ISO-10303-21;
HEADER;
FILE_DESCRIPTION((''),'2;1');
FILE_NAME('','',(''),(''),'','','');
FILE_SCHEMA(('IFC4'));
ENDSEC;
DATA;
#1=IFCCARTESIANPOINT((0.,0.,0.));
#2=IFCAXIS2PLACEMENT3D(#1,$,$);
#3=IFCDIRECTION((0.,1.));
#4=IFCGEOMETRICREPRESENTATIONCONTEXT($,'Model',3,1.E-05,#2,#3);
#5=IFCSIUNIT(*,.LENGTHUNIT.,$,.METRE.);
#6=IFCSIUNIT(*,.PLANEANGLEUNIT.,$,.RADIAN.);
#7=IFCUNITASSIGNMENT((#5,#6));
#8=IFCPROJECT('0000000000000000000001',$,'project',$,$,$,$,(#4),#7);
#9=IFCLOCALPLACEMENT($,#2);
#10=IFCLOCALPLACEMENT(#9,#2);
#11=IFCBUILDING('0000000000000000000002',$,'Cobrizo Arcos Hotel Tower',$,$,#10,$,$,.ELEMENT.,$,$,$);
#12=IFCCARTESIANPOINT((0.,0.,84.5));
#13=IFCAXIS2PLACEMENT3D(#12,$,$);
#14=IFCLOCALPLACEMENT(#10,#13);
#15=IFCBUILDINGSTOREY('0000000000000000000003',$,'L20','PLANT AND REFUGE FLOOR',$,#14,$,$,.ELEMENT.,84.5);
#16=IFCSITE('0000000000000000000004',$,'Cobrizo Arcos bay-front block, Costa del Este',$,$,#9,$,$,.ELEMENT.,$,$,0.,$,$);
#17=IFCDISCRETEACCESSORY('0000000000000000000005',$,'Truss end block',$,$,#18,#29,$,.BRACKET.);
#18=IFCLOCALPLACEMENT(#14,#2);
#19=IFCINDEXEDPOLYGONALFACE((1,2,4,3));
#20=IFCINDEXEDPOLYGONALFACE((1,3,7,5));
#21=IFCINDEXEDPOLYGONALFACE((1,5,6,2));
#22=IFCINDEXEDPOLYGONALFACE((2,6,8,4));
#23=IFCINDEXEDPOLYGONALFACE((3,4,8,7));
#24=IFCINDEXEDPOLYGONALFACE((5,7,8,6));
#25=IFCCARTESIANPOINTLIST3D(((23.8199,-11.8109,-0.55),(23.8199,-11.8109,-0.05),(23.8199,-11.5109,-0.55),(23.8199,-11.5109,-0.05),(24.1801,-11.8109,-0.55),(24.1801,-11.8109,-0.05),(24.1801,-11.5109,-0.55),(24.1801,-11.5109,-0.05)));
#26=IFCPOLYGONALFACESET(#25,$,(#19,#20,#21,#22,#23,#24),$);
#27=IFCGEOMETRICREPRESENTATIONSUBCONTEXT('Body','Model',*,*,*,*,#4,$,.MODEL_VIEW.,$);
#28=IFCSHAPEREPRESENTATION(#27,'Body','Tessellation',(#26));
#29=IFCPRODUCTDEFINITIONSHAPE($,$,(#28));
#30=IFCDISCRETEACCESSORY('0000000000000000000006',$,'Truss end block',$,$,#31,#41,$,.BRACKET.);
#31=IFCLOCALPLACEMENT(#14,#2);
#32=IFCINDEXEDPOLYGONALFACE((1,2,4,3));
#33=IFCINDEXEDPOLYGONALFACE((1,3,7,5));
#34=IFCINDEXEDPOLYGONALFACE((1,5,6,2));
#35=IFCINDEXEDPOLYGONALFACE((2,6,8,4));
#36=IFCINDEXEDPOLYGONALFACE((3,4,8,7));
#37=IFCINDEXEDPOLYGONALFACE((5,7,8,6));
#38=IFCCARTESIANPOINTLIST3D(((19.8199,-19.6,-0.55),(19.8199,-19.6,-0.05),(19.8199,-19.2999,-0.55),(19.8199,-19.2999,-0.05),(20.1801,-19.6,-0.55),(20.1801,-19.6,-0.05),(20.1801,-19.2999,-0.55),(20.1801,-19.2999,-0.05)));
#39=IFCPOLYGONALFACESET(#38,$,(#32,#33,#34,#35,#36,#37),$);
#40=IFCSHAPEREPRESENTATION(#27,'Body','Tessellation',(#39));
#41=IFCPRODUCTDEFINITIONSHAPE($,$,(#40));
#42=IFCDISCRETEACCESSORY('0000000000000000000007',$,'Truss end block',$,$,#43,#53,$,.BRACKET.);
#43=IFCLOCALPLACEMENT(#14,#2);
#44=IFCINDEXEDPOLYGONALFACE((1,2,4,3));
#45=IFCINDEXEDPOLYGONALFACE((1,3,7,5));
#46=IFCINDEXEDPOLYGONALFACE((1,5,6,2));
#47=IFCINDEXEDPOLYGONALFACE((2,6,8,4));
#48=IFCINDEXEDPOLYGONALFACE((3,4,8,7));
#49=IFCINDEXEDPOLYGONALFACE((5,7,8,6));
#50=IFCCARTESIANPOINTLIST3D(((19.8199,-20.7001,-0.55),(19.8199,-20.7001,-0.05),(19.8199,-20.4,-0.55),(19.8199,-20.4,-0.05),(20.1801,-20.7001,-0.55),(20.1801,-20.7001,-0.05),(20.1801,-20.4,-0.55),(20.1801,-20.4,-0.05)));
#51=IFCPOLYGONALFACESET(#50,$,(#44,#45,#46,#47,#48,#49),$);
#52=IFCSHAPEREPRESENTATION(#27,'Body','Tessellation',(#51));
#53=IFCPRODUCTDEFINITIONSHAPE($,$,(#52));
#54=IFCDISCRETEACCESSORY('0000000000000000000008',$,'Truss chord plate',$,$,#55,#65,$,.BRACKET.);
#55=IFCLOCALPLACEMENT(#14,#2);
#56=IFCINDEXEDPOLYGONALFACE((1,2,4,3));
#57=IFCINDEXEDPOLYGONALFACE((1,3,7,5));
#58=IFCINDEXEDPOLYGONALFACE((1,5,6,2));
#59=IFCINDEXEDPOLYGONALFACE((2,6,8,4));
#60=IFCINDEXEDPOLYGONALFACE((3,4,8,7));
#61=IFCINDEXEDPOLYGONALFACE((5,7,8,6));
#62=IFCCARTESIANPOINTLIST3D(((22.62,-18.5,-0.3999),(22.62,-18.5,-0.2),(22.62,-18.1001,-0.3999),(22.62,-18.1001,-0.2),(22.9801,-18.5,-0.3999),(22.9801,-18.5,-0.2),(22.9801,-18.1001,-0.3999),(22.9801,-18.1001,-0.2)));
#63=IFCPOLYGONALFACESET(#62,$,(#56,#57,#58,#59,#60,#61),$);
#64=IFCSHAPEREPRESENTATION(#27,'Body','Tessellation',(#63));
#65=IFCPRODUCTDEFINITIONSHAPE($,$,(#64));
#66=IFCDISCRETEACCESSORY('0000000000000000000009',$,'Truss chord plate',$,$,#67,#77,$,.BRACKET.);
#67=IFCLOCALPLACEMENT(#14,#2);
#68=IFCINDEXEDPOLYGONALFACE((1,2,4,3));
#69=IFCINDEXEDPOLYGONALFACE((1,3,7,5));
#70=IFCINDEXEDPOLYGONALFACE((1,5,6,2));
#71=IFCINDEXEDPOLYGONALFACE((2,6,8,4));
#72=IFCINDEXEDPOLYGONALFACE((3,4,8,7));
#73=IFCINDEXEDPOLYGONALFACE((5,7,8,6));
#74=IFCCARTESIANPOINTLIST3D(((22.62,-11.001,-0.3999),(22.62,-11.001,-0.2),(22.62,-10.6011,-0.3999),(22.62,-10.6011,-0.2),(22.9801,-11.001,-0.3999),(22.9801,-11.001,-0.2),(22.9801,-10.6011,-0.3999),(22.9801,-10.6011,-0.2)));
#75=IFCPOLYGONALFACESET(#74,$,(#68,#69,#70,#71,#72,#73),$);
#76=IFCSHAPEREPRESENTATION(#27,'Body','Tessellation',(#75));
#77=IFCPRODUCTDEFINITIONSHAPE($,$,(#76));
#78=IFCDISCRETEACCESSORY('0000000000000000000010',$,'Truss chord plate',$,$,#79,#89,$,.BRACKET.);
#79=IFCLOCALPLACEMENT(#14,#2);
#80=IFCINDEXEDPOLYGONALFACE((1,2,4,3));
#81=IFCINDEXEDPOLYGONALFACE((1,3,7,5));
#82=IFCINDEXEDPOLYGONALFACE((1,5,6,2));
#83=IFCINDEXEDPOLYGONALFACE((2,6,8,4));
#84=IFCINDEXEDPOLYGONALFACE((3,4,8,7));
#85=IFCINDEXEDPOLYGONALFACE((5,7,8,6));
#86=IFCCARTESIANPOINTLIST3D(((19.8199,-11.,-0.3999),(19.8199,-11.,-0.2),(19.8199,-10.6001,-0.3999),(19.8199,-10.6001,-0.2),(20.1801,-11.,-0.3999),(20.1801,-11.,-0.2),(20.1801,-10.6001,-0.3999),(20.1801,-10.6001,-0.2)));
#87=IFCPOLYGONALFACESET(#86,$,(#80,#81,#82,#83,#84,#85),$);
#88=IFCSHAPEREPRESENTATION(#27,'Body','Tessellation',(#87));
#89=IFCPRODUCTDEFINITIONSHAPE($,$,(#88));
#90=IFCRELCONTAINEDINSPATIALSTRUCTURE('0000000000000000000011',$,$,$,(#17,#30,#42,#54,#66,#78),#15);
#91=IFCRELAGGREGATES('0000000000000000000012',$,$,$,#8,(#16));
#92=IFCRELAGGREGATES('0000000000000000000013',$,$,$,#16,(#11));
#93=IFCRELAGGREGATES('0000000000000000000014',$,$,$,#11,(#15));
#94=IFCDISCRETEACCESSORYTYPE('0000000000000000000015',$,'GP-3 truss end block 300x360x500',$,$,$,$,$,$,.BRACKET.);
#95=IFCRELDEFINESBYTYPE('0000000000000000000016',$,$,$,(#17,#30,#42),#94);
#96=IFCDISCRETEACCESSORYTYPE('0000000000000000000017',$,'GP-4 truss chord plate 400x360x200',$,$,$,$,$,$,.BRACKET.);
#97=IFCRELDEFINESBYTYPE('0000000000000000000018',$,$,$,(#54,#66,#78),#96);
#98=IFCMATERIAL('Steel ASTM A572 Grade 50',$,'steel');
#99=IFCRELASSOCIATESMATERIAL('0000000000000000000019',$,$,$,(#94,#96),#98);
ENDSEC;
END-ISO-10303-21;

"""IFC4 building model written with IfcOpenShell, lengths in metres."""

from ifc_helpers import new_model, si_unit, direction, frame, origin, origin_2d, place, context, subcontext, project, spatial, rectangle, extrude, material, type_object, element, save


model = new_model("IFC4")

# Units and contexts
model_context = context("Model", 3, precision=1e-05, world=origin(), true_north=direction((0.0, 1.0)))
body_context = subcontext(model_context, "Body", "Model", "MODEL_VIEW")
ifc_project = project(units=[si_unit("LENGTHUNIT", "METRE"), si_unit("PLANEANGLEUNIT", "RADIAN")], contexts=[model_context])

# Site, building, storey
site_placement = place(None, origin())
site = spatial("IfcSite", under=ifc_project, at=site_placement, Name="Cobrizo Arcos bay-front block, Costa del Este", CompositionType="ELEMENT", RefElevation=0.0)
building_placement = place(site_placement, origin())
building = spatial("IfcBuilding", under=site, at=building_placement, Name="Cobrizo Arcos Hotel Tower", CompositionType="ELEMENT")
storey_placement = place(building_placement, frame((0.0, 0.0, 84.5)))
storey = spatial("IfcBuildingStorey", under=building, at=storey_placement, Name="L20", Description="PLANT AND REFUGE FLOOR", CompositionType="ELEMENT", Elevation=84.5)

# Discrete accessories
ifc_material_1 = material(Name="Steel ASTM A572 Grade 50", Category="steel")
discrete_accessory_type_1 = type_object("IfcDiscreteAccessoryType", Name="GP-3 truss end block 300x360x500", PredefinedType="BRACKET", material=ifc_material_1)
for number, where, z_axis, x_axis, name in (
    (1, (24.0, -11.6609, -0.55), (0.0, 0.0, 1.0), (0.0, -1.0, 0.0), "Truss end block"),
    (2, (20.0, -19.45, -0.55), (0.0, 0.0, 1.0), (0.0, 1.0, 0.0), "Truss end block"),
    (3, (20.0, -20.55, -0.55), (0.0, 0.0, 1.0), (0.0, -1.0, 0.0), "Truss end block"),
):
    element("IfcDiscreteAccessory", number, at=place(storey_placement, frame(where, z_axis=z_axis, x_axis=x_axis)), inside=storey, type_object=discrete_accessory_type_1, Name=name, PredefinedType="BRACKET", context=body_context, shape_type="SweptSolid", body=[
        extrude(rectangle(XDim=0.3, YDim=0.3601, at=origin_2d()), origin(), (0.0, 0.0, 1.0), 0.5),
    ])
discrete_accessory_type_2 = type_object("IfcDiscreteAccessoryType", Name="GP-4 truss chord plate 400x360x200", PredefinedType="BRACKET", material=ifc_material_1)
for number, where, z_axis, x_axis, name in (
    (4, (22.8, -18.3, -0.3999), (0.0, 0.0, 1.0), (0.0, 1.0, 0.0), "Truss chord plate"),
    (5, (22.8, -10.801, -0.3999), (0.0, 0.0, 1.0), (0.0, 1.0, 0.0), "Truss chord plate"),
    (6, (20.0, -10.8, -0.3999), (0.0, 0.0, 1.0), (0.0, -1.0, 0.0), "Truss chord plate"),
):
    element("IfcDiscreteAccessory", number, at=place(storey_placement, frame(where, z_axis=z_axis, x_axis=x_axis)), inside=storey, type_object=discrete_accessory_type_2, Name=name, PredefinedType="BRACKET", context=body_context, shape_type="SweptSolid", body=[
        extrude(rectangle(XDim=0.3999, YDim=0.3601, at=origin_2d()), origin(), (0.0, 0.0, 1.0), 0.2),
    ])

save(model, "model.ifc")
